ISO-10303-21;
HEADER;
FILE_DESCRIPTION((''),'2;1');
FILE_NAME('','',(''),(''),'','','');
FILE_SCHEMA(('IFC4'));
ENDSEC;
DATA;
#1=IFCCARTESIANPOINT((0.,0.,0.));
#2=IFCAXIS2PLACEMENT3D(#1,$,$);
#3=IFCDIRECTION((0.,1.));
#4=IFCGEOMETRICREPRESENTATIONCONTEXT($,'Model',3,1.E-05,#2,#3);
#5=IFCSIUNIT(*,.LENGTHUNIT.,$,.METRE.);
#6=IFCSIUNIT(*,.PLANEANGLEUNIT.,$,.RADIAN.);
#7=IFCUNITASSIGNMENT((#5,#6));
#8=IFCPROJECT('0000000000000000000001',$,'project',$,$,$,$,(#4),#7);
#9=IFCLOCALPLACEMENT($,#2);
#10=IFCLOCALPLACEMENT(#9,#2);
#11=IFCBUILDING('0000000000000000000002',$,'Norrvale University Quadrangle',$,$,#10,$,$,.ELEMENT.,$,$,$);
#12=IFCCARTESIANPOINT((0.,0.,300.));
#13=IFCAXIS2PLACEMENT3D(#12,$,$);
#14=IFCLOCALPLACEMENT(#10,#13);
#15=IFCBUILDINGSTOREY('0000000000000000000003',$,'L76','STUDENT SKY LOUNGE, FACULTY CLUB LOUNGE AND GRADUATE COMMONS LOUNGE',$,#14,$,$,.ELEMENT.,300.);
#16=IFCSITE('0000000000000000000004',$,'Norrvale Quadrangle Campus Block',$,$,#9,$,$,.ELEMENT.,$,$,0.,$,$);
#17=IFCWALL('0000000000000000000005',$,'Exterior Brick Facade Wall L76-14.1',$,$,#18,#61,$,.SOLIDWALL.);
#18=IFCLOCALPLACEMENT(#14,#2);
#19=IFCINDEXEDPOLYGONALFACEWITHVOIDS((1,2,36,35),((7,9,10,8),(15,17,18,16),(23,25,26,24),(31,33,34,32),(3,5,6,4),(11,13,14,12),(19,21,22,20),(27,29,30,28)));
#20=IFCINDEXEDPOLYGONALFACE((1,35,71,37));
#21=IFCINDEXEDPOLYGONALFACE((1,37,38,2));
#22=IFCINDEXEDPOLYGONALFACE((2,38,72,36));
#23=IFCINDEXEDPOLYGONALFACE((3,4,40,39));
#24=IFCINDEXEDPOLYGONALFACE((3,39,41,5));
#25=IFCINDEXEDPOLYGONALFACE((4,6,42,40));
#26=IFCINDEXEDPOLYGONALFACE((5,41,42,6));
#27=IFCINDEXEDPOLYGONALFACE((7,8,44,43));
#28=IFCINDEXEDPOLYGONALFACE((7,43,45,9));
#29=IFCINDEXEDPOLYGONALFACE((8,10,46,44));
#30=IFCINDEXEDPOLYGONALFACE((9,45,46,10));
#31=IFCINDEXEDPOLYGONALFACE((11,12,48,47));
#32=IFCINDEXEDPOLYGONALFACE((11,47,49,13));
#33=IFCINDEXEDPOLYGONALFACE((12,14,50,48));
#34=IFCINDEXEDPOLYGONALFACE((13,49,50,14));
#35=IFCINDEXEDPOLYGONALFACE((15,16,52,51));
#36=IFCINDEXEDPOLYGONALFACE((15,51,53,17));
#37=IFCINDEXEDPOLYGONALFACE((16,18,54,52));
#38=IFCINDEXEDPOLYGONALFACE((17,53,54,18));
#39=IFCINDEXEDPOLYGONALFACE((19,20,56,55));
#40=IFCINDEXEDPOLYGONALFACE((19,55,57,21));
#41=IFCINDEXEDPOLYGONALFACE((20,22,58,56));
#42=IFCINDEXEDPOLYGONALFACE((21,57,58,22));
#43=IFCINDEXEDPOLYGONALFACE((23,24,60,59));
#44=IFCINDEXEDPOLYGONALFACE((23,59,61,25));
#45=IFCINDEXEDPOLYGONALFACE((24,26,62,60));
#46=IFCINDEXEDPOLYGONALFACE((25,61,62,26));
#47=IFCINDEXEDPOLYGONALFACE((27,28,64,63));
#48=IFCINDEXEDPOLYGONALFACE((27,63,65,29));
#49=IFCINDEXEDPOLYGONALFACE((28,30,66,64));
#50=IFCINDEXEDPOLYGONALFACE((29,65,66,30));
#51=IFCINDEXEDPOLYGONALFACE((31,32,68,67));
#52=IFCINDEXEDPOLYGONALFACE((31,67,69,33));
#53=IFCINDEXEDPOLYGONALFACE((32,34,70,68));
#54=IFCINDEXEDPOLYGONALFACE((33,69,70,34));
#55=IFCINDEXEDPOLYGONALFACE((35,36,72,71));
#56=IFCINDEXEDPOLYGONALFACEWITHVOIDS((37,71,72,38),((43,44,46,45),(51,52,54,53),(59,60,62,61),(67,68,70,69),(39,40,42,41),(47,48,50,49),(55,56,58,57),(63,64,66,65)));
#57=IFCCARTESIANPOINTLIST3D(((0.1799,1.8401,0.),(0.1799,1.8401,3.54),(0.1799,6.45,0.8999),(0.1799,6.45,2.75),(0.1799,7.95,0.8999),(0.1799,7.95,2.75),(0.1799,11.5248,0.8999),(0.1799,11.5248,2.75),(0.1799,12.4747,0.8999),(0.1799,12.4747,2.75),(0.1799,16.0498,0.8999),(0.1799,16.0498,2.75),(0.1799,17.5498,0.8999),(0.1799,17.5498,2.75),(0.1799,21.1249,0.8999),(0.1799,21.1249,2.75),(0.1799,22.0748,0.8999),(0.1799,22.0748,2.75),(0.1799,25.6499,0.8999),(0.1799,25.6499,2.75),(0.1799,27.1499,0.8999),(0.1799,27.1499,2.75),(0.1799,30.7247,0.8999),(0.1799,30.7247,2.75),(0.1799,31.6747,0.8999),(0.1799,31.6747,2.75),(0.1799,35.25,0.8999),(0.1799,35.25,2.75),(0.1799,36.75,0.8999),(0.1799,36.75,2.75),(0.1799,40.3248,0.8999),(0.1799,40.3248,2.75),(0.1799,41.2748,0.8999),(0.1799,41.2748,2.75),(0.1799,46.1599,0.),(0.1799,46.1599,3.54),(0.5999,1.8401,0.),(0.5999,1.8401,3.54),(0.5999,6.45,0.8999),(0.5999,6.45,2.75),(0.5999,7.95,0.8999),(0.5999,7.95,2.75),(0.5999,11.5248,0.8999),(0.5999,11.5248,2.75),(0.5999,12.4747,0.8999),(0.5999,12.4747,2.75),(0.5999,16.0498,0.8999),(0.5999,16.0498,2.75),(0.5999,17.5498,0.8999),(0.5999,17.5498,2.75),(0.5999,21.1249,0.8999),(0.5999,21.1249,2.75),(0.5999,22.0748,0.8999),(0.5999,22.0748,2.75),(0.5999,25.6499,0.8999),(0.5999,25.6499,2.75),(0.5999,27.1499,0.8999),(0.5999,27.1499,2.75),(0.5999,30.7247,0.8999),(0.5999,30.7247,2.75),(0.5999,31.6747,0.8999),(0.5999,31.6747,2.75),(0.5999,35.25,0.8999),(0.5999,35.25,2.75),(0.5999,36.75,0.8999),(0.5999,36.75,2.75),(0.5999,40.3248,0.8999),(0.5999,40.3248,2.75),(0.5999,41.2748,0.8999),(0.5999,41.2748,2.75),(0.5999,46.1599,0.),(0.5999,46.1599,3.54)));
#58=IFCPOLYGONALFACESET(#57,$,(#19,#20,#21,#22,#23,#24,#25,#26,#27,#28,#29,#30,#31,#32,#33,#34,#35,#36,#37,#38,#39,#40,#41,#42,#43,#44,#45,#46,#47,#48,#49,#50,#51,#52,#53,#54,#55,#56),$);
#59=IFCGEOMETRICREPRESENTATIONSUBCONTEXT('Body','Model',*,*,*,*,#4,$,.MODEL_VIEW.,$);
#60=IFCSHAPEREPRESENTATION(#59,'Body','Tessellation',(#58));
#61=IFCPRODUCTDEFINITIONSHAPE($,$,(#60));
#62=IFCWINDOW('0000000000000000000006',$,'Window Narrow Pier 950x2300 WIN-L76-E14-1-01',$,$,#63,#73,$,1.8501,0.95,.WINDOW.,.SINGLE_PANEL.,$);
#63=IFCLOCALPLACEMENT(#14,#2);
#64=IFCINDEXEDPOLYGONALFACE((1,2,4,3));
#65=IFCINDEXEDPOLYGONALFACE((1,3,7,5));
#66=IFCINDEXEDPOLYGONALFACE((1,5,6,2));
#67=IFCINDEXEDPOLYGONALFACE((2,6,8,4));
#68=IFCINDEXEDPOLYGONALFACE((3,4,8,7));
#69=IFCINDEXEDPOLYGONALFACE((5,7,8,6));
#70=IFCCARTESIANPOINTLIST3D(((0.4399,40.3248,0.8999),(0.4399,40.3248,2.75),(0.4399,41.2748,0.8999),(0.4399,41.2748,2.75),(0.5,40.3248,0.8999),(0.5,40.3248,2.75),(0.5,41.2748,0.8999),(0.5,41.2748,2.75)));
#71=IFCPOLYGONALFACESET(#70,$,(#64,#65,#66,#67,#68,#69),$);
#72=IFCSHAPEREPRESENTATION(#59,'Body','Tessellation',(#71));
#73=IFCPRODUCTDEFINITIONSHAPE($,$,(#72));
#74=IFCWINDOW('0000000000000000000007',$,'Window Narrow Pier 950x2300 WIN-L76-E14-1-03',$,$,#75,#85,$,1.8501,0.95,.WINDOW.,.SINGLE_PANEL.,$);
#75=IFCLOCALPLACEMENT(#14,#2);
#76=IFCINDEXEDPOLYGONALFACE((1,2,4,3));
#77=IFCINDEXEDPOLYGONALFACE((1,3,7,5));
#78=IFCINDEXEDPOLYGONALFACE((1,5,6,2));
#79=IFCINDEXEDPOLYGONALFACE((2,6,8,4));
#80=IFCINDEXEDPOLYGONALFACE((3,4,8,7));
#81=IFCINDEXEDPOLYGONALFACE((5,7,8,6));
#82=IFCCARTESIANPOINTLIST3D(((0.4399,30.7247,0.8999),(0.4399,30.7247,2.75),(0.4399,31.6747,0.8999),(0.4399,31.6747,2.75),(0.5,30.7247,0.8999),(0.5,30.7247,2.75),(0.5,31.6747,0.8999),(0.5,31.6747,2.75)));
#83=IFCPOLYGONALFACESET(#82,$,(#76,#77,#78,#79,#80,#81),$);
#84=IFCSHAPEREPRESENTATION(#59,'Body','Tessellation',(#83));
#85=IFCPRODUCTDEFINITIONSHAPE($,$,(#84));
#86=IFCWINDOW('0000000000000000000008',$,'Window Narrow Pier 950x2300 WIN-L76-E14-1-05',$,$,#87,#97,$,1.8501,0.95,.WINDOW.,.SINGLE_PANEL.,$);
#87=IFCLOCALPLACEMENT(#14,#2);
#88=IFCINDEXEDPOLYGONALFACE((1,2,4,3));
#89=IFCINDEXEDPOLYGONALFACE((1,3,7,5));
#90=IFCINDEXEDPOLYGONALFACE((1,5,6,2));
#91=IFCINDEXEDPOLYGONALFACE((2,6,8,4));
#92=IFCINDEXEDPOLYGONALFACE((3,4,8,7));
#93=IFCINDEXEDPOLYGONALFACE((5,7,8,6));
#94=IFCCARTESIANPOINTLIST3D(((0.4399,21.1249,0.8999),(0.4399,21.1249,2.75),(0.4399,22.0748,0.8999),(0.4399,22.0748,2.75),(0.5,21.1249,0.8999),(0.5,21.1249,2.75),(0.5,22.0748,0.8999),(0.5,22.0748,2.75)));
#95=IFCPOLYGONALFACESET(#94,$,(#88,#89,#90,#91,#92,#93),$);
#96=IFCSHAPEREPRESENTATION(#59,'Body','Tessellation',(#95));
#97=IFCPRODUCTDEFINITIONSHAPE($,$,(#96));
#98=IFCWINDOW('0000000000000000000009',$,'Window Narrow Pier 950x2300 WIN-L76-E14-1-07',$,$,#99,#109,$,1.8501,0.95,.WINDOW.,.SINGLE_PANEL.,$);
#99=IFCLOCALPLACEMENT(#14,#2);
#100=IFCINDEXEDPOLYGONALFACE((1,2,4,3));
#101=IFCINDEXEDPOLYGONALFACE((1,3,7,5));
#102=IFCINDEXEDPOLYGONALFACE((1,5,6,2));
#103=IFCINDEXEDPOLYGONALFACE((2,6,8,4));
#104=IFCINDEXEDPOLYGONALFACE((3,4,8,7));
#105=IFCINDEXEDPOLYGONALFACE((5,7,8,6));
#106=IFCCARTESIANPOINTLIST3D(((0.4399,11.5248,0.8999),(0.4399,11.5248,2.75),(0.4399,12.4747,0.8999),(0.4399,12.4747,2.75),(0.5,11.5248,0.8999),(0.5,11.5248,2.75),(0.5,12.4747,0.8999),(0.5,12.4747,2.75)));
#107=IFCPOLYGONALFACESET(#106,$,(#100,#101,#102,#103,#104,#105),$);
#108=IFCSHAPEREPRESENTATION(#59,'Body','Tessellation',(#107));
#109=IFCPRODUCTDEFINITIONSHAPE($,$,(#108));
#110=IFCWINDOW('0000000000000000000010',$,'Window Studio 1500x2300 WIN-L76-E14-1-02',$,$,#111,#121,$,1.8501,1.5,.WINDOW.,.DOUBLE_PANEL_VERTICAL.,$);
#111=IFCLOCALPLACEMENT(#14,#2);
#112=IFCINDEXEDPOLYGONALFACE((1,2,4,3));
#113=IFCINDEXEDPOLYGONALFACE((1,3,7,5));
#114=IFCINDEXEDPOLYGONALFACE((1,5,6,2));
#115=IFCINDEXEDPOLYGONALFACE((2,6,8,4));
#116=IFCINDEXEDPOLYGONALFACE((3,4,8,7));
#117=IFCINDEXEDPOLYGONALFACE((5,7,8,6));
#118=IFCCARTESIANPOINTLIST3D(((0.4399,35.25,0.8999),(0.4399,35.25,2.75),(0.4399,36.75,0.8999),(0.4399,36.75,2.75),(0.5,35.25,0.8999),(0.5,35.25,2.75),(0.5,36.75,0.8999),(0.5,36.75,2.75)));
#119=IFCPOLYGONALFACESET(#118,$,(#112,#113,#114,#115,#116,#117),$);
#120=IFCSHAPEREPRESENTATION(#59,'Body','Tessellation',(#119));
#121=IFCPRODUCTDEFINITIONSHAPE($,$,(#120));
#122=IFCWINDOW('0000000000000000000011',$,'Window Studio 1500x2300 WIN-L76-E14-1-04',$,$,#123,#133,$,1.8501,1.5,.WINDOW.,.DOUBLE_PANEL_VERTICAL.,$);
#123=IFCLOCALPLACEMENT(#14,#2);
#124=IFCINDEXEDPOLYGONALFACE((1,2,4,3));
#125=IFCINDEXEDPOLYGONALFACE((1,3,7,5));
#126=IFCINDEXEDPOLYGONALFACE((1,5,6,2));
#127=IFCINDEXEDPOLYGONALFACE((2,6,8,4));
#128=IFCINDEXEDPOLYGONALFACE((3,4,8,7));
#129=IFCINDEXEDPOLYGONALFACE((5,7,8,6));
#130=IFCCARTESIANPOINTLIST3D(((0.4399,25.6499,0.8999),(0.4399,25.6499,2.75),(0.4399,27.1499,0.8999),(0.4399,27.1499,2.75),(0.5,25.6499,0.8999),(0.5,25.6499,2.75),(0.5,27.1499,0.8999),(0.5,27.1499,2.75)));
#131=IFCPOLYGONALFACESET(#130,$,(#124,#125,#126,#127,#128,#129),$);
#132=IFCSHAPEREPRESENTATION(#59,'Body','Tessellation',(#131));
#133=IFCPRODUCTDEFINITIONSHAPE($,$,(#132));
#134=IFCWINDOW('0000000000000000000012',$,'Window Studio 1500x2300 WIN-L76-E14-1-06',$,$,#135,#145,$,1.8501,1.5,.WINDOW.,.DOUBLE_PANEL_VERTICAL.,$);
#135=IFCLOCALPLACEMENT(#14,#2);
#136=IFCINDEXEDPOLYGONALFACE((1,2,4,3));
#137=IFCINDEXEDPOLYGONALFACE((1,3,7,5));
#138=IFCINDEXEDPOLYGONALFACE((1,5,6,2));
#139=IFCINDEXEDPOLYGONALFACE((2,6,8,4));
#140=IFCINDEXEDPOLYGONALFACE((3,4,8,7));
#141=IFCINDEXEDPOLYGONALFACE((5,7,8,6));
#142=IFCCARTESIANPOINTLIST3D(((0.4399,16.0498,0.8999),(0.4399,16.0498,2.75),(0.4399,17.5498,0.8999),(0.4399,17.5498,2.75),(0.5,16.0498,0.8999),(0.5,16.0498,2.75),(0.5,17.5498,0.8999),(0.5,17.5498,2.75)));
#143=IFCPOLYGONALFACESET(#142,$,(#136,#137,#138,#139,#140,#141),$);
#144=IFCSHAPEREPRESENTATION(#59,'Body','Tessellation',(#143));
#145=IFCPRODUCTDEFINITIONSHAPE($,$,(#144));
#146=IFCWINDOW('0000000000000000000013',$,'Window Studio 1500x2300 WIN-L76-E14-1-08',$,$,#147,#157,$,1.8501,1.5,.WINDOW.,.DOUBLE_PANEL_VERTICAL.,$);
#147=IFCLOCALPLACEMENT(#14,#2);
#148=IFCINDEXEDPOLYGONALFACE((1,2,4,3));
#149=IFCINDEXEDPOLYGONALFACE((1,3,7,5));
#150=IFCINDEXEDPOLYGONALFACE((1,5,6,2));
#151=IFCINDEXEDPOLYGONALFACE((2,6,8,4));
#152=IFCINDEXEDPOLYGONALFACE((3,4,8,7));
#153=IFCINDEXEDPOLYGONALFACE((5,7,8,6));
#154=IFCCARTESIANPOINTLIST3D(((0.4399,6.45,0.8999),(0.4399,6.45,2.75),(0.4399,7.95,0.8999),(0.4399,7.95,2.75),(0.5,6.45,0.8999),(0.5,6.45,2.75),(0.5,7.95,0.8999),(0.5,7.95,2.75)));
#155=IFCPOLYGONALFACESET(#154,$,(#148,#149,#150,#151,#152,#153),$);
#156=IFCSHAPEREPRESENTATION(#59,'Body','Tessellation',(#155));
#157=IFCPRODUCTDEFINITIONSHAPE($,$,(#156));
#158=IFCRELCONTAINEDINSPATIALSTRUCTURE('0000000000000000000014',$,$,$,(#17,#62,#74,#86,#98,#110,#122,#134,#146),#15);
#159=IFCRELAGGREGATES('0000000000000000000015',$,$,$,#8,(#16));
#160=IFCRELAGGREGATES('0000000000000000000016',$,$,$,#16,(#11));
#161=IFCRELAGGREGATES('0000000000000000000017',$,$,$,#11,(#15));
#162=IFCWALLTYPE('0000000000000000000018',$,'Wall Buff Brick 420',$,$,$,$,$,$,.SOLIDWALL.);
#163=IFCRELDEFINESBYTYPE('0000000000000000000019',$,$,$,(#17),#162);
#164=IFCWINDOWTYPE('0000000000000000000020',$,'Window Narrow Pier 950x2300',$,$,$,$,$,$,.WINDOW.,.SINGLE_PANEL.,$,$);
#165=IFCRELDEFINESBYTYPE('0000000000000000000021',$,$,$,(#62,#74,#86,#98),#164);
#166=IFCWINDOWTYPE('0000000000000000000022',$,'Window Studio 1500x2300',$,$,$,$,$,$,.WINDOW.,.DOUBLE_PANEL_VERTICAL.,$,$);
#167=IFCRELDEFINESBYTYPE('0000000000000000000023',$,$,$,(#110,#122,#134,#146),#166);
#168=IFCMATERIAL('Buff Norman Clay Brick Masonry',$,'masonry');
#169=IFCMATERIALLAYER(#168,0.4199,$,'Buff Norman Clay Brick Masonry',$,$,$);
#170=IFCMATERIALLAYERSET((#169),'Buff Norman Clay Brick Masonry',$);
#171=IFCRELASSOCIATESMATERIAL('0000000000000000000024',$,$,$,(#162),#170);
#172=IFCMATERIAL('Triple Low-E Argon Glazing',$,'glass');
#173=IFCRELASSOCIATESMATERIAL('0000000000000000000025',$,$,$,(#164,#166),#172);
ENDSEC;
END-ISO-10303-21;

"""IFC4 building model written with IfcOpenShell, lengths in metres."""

from ifc_helpers import new_model, si_unit, direction, frame, frame_2d, origin, place, context, subcontext, project, spatial, rectangle, extrude, material, layer, layer_set, type_object, element, fill, save


model = new_model("IFC4")

# Units and contexts
model_context = context("Model", 3, precision=1e-05, world=origin(), true_north=direction((0.0, 1.0)))
body_context = subcontext(model_context, "Body", "Model", "MODEL_VIEW")
ifc_project = project(units=[si_unit("LENGTHUNIT", "METRE"), si_unit("PLANEANGLEUNIT", "RADIAN")], contexts=[model_context])

# Site, building, storey
site_placement = place(None, origin())
site = spatial("IfcSite", under=ifc_project, at=site_placement, Name="Norrvale Quadrangle Campus Block", CompositionType="ELEMENT", RefElevation=0.0)
building_placement = place(site_placement, origin())
building = spatial("IfcBuilding", under=site, at=building_placement, Name="Norrvale University Quadrangle", CompositionType="ELEMENT")
storey_placement = place(building_placement, frame((0.0, 0.0, 300.0)))
storey = spatial("IfcBuildingStorey", under=building, at=storey_placement, Name="L76", Description="STUDENT SKY LOUNGE, FACULTY CLUB LOUNGE AND GRADUATE COMMONS LOUNGE", CompositionType="ELEMENT", Elevation=300.0)

# Shared definitions
ifc_material_1 = material(Name="Buff Norman Clay Brick Masonry", Category="masonry")
ifc_layer_1 = layer(ifc_material_1, 0.4199, Name="Buff Norman Clay Brick Masonry")
ifc_layer_set_1 = layer_set([ifc_layer_1], Name="Buff Norman Clay Brick Masonry")
wall_type_1 = type_object("IfcWallType", Name="Wall Buff Brick 420", PredefinedType="SOLIDWALL", material=ifc_layer_set_1)

# Wall, openings, windows
wall_1_placement = place(storey_placement, frame((0.3899, 46.1599, 0.0), z_axis=(0.0, 0.0, 1.0), x_axis=(0.0, -1.0, 0.0)))
wall_1 = element("IfcWall", 1, at=wall_1_placement, inside=storey, type_object=wall_type_1, Name="Exterior Brick Facade Wall L76-14.1", PredefinedType="SOLIDWALL", context=body_context, shape_type="SweptSolid", body=[
    extrude(rectangle(XDim=44.3198, YDim=0.4199, at=frame_2d((22.1599, 0.0))), origin(), (0.0, 0.0, 1.0), 3.54),
])
opening_1_placement = place(wall_1_placement, frame((4.885, 0.0, 0.8999)))
opening_1 = element("IfcOpeningElement", 2, at=opening_1_placement, cuts=wall_1, PredefinedType="OPENING", context=body_context, shape_type="SweptSolid", body=[
    extrude(rectangle(XDim=0.95, YDim=1.8501, at=frame_2d((0.4751, 0.925))), frame((0.0, 0.2219, 0.0), z_axis=(0.0, -1.0, 0.0), x_axis=(1.0, 0.0, 0.0)), (0.0, 0.0, 1.0), 0.4438),
])
opening_2_placement = place(wall_1_placement, frame((9.4099, 0.0, 0.8999)))
opening_2 = element("IfcOpeningElement", 3, at=opening_2_placement, cuts=wall_1, PredefinedType="OPENING", context=body_context, shape_type="SweptSolid", body=[
    extrude(rectangle(XDim=1.5, YDim=1.8501, at=frame_2d((0.75, 0.925))), frame((0.0, 0.2219, 0.0), z_axis=(0.0, -1.0, 0.0), x_axis=(1.0, 0.0, 0.0)), (0.0, 0.0, 1.0), 0.4438),
])
opening_3_placement = place(wall_1_placement, frame((14.4851, 0.0, 0.8999)))
opening_3 = element("IfcOpeningElement", 4, at=opening_3_placement, cuts=wall_1, PredefinedType="OPENING", context=body_context, shape_type="SweptSolid", body=[
    extrude(rectangle(XDim=0.95, YDim=1.8501, at=frame_2d((0.4751, 0.925))), frame((0.0, 0.2219, 0.0), z_axis=(0.0, -1.0, 0.0), x_axis=(1.0, 0.0, 0.0)), (0.0, 0.0, 1.0), 0.4438),
])
opening_4_placement = place(wall_1_placement, frame((19.01, 0.0, 0.8999)))
opening_4 = element("IfcOpeningElement", 5, at=opening_4_placement, cuts=wall_1, PredefinedType="OPENING", context=body_context, shape_type="SweptSolid", body=[
    extrude(rectangle(XDim=1.5, YDim=1.8501, at=frame_2d((0.75, 0.925))), frame((0.0, 0.2219, 0.0), z_axis=(0.0, -1.0, 0.0), x_axis=(1.0, 0.0, 0.0)), (0.0, 0.0, 1.0), 0.4438),
])
opening_5_placement = place(wall_1_placement, frame((24.085, 0.0, 0.8999)))
opening_5 = element("IfcOpeningElement", 6, at=opening_5_placement, cuts=wall_1, PredefinedType="OPENING", context=body_context, shape_type="SweptSolid", body=[
    extrude(rectangle(XDim=0.95, YDim=1.8501, at=frame_2d((0.4751, 0.925))), frame((0.0, 0.2219, 0.0), z_axis=(0.0, -1.0, 0.0), x_axis=(1.0, 0.0, 0.0)), (0.0, 0.0, 1.0), 0.4438),
])
opening_6_placement = place(wall_1_placement, frame((28.6101, 0.0, 0.8999)))
opening_6 = element("IfcOpeningElement", 7, at=opening_6_placement, cuts=wall_1, PredefinedType="OPENING", context=body_context, shape_type="SweptSolid", body=[
    extrude(rectangle(XDim=1.5, YDim=1.8501, at=frame_2d((0.75, 0.925))), frame((0.0, 0.2219, 0.0), z_axis=(0.0, -1.0, 0.0), x_axis=(1.0, 0.0, 0.0)), (0.0, 0.0, 1.0), 0.4438),
])
opening_7_placement = place(wall_1_placement, frame((33.6851, 0.0, 0.8999)))
opening_7 = element("IfcOpeningElement", 8, at=opening_7_placement, cuts=wall_1, PredefinedType="OPENING", context=body_context, shape_type="SweptSolid", body=[
    extrude(rectangle(XDim=0.95, YDim=1.8501, at=frame_2d((0.4751, 0.925))), frame((0.0, 0.2219, 0.0), z_axis=(0.0, -1.0, 0.0), x_axis=(1.0, 0.0, 0.0)), (0.0, 0.0, 1.0), 0.4438),
])
opening_8_placement = place(wall_1_placement, frame((38.21, 0.0, 0.8999)))
opening_8 = element("IfcOpeningElement", 9, at=opening_8_placement, cuts=wall_1, PredefinedType="OPENING", context=body_context, shape_type="SweptSolid", body=[
    extrude(rectangle(XDim=1.5, YDim=1.8501, at=frame_2d((0.75, 0.925))), frame((0.0, 0.2219, 0.0), z_axis=(0.0, -1.0, 0.0), x_axis=(1.0, 0.0, 0.0)), (0.0, 0.0, 1.0), 0.4438),
])
ifc_material_2 = material(Name="Triple Low-E Argon Glazing", Category="glass")
window_type_1 = type_object("IfcWindowType", Name="Window Narrow Pier 950x2300", PartitioningType="SINGLE_PANEL", PredefinedType="WINDOW", material=ifc_material_2)
window_1_placement = place(opening_1_placement, origin())
window_1 = element("IfcWindow", 10, at=window_1_placement, inside=storey, type_object=window_type_1, Name="Window Narrow Pier 950x2300 WIN-L76-E14-1-01", OverallHeight=1.8501, OverallWidth=0.95, PartitioningType="SINGLE_PANEL", PredefinedType="WINDOW", context=body_context, shape_type="SweptSolid", body=[
    extrude(rectangle(XDim=0.95, YDim=1.8501, at=frame_2d((0.4751, 0.925))), frame((0.0, 0.1101, 0.0), z_axis=(0.0, -1.0, 0.0), x_axis=(1.0, 0.0, 0.0)), (0.0, 0.0, 1.0), 0.0601),
])
fill(opening_1, window_1)
window_2_placement = place(opening_3_placement, origin())
window_2 = element("IfcWindow", 11, at=window_2_placement, inside=storey, type_object=window_type_1, Name="Window Narrow Pier 950x2300 WIN-L76-E14-1-03", OverallHeight=1.8501, OverallWidth=0.95, PartitioningType="SINGLE_PANEL", PredefinedType="WINDOW", context=body_context, shape_type="SweptSolid", body=[
    extrude(rectangle(XDim=0.95, YDim=1.8501, at=frame_2d((0.4751, 0.925))), frame((0.0, 0.1101, 0.0), z_axis=(0.0, -1.0, 0.0), x_axis=(1.0, 0.0, 0.0)), (0.0, 0.0, 1.0), 0.0601),
])
fill(opening_3, window_2)
window_3_placement = place(opening_5_placement, origin())
window_3 = element("IfcWindow", 12, at=window_3_placement, inside=storey, type_object=window_type_1, Name="Window Narrow Pier 950x2300 WIN-L76-E14-1-05", OverallHeight=1.8501, OverallWidth=0.95, PartitioningType="SINGLE_PANEL", PredefinedType="WINDOW", context=body_context, shape_type="SweptSolid", body=[
    extrude(rectangle(XDim=0.95, YDim=1.8501, at=frame_2d((0.4751, 0.925))), frame((0.0, 0.1101, 0.0), z_axis=(0.0, -1.0, 0.0), x_axis=(1.0, 0.0, 0.0)), (0.0, 0.0, 1.0), 0.0601),
])
fill(opening_5, window_3)
window_4_placement = place(opening_7_placement, origin())
window_4 = element("IfcWindow", 13, at=window_4_placement, inside=storey, type_object=window_type_1, Name="Window Narrow Pier 950x2300 WIN-L76-E14-1-07", OverallHeight=1.8501, OverallWidth=0.95, PartitioningType="SINGLE_PANEL", PredefinedType="WINDOW", context=body_context, shape_type="SweptSolid", body=[
    extrude(rectangle(XDim=0.95, YDim=1.8501, at=frame_2d((0.4751, 0.925))), frame((0.0, 0.1101, 0.0), z_axis=(0.0, -1.0, 0.0), x_axis=(1.0, 0.0, 0.0)), (0.0, 0.0, 1.0), 0.0601),
])
fill(opening_7, window_4)
window_type_2 = type_object("IfcWindowType", Name="Window Studio 1500x2300", PartitioningType="DOUBLE_PANEL_VERTICAL", PredefinedType="WINDOW", material=ifc_material_2)
window_5_placement = place(opening_2_placement, origin())
window_5 = element("IfcWindow", 14, at=window_5_placement, inside=storey, type_object=window_type_2, Name="Window Studio 1500x2300 WIN-L76-E14-1-02", OverallHeight=1.8501, OverallWidth=1.5, PartitioningType="DOUBLE_PANEL_VERTICAL", PredefinedType="WINDOW", context=body_context, shape_type="SweptSolid", body=[
    extrude(rectangle(XDim=1.5, YDim=1.8501, at=frame_2d((0.75, 0.925))), frame((0.0, 0.1101, 0.0), z_axis=(0.0, -1.0, 0.0), x_axis=(1.0, 0.0, 0.0)), (0.0, 0.0, 1.0), 0.0601),
])
fill(opening_2, window_5)
window_6_placement = place(opening_4_placement, origin())
window_6 = element("IfcWindow", 15, at=window_6_placement, inside=storey, type_object=window_type_2, Name="Window Studio 1500x2300 WIN-L76-E14-1-04", OverallHeight=1.8501, OverallWidth=1.5, PartitioningType="DOUBLE_PANEL_VERTICAL", PredefinedType="WINDOW", context=body_context, shape_type="SweptSolid", body=[
    extrude(rectangle(XDim=1.5, YDim=1.8501, at=frame_2d((0.75, 0.925))), frame((0.0, 0.1101, 0.0), z_axis=(0.0, -1.0, 0.0), x_axis=(1.0, 0.0, 0.0)), (0.0, 0.0, 1.0), 0.0601),
])
fill(opening_4, window_6)
window_7_placement = place(opening_6_placement, origin())
window_7 = element("IfcWindow", 16, at=window_7_placement, inside=storey, type_object=window_type_2, Name="Window Studio 1500x2300 WIN-L76-E14-1-06", OverallHeight=1.8501, OverallWidth=1.5, PartitioningType="DOUBLE_PANEL_VERTICAL", PredefinedType="WINDOW", context=body_context, shape_type="SweptSolid", body=[
    extrude(rectangle(XDim=1.5, YDim=1.8501, at=frame_2d((0.75, 0.925))), frame((0.0, 0.1101, 0.0), z_axis=(0.0, -1.0, 0.0), x_axis=(1.0, 0.0, 0.0)), (0.0, 0.0, 1.0), 0.0601),
])
fill(opening_6, window_7)
window_8_placement = place(opening_8_placement, origin())
window_8 = element("IfcWindow", 17, at=window_8_placement, inside=storey, type_object=window_type_2, Name="Window Studio 1500x2300 WIN-L76-E14-1-08", OverallHeight=1.8501, OverallWidth=1.5, PartitioningType="DOUBLE_PANEL_VERTICAL", PredefinedType="WINDOW", context=body_context, shape_type="SweptSolid", body=[
    extrude(rectangle(XDim=1.5, YDim=1.8501, at=frame_2d((0.75, 0.925))), frame((0.0, 0.1101, 0.0), z_axis=(0.0, -1.0, 0.0), x_axis=(1.0, 0.0, 0.0)), (0.0, 0.0, 1.0), 0.0601),
])
fill(opening_8, window_8)

save(model, "model.ifc")
